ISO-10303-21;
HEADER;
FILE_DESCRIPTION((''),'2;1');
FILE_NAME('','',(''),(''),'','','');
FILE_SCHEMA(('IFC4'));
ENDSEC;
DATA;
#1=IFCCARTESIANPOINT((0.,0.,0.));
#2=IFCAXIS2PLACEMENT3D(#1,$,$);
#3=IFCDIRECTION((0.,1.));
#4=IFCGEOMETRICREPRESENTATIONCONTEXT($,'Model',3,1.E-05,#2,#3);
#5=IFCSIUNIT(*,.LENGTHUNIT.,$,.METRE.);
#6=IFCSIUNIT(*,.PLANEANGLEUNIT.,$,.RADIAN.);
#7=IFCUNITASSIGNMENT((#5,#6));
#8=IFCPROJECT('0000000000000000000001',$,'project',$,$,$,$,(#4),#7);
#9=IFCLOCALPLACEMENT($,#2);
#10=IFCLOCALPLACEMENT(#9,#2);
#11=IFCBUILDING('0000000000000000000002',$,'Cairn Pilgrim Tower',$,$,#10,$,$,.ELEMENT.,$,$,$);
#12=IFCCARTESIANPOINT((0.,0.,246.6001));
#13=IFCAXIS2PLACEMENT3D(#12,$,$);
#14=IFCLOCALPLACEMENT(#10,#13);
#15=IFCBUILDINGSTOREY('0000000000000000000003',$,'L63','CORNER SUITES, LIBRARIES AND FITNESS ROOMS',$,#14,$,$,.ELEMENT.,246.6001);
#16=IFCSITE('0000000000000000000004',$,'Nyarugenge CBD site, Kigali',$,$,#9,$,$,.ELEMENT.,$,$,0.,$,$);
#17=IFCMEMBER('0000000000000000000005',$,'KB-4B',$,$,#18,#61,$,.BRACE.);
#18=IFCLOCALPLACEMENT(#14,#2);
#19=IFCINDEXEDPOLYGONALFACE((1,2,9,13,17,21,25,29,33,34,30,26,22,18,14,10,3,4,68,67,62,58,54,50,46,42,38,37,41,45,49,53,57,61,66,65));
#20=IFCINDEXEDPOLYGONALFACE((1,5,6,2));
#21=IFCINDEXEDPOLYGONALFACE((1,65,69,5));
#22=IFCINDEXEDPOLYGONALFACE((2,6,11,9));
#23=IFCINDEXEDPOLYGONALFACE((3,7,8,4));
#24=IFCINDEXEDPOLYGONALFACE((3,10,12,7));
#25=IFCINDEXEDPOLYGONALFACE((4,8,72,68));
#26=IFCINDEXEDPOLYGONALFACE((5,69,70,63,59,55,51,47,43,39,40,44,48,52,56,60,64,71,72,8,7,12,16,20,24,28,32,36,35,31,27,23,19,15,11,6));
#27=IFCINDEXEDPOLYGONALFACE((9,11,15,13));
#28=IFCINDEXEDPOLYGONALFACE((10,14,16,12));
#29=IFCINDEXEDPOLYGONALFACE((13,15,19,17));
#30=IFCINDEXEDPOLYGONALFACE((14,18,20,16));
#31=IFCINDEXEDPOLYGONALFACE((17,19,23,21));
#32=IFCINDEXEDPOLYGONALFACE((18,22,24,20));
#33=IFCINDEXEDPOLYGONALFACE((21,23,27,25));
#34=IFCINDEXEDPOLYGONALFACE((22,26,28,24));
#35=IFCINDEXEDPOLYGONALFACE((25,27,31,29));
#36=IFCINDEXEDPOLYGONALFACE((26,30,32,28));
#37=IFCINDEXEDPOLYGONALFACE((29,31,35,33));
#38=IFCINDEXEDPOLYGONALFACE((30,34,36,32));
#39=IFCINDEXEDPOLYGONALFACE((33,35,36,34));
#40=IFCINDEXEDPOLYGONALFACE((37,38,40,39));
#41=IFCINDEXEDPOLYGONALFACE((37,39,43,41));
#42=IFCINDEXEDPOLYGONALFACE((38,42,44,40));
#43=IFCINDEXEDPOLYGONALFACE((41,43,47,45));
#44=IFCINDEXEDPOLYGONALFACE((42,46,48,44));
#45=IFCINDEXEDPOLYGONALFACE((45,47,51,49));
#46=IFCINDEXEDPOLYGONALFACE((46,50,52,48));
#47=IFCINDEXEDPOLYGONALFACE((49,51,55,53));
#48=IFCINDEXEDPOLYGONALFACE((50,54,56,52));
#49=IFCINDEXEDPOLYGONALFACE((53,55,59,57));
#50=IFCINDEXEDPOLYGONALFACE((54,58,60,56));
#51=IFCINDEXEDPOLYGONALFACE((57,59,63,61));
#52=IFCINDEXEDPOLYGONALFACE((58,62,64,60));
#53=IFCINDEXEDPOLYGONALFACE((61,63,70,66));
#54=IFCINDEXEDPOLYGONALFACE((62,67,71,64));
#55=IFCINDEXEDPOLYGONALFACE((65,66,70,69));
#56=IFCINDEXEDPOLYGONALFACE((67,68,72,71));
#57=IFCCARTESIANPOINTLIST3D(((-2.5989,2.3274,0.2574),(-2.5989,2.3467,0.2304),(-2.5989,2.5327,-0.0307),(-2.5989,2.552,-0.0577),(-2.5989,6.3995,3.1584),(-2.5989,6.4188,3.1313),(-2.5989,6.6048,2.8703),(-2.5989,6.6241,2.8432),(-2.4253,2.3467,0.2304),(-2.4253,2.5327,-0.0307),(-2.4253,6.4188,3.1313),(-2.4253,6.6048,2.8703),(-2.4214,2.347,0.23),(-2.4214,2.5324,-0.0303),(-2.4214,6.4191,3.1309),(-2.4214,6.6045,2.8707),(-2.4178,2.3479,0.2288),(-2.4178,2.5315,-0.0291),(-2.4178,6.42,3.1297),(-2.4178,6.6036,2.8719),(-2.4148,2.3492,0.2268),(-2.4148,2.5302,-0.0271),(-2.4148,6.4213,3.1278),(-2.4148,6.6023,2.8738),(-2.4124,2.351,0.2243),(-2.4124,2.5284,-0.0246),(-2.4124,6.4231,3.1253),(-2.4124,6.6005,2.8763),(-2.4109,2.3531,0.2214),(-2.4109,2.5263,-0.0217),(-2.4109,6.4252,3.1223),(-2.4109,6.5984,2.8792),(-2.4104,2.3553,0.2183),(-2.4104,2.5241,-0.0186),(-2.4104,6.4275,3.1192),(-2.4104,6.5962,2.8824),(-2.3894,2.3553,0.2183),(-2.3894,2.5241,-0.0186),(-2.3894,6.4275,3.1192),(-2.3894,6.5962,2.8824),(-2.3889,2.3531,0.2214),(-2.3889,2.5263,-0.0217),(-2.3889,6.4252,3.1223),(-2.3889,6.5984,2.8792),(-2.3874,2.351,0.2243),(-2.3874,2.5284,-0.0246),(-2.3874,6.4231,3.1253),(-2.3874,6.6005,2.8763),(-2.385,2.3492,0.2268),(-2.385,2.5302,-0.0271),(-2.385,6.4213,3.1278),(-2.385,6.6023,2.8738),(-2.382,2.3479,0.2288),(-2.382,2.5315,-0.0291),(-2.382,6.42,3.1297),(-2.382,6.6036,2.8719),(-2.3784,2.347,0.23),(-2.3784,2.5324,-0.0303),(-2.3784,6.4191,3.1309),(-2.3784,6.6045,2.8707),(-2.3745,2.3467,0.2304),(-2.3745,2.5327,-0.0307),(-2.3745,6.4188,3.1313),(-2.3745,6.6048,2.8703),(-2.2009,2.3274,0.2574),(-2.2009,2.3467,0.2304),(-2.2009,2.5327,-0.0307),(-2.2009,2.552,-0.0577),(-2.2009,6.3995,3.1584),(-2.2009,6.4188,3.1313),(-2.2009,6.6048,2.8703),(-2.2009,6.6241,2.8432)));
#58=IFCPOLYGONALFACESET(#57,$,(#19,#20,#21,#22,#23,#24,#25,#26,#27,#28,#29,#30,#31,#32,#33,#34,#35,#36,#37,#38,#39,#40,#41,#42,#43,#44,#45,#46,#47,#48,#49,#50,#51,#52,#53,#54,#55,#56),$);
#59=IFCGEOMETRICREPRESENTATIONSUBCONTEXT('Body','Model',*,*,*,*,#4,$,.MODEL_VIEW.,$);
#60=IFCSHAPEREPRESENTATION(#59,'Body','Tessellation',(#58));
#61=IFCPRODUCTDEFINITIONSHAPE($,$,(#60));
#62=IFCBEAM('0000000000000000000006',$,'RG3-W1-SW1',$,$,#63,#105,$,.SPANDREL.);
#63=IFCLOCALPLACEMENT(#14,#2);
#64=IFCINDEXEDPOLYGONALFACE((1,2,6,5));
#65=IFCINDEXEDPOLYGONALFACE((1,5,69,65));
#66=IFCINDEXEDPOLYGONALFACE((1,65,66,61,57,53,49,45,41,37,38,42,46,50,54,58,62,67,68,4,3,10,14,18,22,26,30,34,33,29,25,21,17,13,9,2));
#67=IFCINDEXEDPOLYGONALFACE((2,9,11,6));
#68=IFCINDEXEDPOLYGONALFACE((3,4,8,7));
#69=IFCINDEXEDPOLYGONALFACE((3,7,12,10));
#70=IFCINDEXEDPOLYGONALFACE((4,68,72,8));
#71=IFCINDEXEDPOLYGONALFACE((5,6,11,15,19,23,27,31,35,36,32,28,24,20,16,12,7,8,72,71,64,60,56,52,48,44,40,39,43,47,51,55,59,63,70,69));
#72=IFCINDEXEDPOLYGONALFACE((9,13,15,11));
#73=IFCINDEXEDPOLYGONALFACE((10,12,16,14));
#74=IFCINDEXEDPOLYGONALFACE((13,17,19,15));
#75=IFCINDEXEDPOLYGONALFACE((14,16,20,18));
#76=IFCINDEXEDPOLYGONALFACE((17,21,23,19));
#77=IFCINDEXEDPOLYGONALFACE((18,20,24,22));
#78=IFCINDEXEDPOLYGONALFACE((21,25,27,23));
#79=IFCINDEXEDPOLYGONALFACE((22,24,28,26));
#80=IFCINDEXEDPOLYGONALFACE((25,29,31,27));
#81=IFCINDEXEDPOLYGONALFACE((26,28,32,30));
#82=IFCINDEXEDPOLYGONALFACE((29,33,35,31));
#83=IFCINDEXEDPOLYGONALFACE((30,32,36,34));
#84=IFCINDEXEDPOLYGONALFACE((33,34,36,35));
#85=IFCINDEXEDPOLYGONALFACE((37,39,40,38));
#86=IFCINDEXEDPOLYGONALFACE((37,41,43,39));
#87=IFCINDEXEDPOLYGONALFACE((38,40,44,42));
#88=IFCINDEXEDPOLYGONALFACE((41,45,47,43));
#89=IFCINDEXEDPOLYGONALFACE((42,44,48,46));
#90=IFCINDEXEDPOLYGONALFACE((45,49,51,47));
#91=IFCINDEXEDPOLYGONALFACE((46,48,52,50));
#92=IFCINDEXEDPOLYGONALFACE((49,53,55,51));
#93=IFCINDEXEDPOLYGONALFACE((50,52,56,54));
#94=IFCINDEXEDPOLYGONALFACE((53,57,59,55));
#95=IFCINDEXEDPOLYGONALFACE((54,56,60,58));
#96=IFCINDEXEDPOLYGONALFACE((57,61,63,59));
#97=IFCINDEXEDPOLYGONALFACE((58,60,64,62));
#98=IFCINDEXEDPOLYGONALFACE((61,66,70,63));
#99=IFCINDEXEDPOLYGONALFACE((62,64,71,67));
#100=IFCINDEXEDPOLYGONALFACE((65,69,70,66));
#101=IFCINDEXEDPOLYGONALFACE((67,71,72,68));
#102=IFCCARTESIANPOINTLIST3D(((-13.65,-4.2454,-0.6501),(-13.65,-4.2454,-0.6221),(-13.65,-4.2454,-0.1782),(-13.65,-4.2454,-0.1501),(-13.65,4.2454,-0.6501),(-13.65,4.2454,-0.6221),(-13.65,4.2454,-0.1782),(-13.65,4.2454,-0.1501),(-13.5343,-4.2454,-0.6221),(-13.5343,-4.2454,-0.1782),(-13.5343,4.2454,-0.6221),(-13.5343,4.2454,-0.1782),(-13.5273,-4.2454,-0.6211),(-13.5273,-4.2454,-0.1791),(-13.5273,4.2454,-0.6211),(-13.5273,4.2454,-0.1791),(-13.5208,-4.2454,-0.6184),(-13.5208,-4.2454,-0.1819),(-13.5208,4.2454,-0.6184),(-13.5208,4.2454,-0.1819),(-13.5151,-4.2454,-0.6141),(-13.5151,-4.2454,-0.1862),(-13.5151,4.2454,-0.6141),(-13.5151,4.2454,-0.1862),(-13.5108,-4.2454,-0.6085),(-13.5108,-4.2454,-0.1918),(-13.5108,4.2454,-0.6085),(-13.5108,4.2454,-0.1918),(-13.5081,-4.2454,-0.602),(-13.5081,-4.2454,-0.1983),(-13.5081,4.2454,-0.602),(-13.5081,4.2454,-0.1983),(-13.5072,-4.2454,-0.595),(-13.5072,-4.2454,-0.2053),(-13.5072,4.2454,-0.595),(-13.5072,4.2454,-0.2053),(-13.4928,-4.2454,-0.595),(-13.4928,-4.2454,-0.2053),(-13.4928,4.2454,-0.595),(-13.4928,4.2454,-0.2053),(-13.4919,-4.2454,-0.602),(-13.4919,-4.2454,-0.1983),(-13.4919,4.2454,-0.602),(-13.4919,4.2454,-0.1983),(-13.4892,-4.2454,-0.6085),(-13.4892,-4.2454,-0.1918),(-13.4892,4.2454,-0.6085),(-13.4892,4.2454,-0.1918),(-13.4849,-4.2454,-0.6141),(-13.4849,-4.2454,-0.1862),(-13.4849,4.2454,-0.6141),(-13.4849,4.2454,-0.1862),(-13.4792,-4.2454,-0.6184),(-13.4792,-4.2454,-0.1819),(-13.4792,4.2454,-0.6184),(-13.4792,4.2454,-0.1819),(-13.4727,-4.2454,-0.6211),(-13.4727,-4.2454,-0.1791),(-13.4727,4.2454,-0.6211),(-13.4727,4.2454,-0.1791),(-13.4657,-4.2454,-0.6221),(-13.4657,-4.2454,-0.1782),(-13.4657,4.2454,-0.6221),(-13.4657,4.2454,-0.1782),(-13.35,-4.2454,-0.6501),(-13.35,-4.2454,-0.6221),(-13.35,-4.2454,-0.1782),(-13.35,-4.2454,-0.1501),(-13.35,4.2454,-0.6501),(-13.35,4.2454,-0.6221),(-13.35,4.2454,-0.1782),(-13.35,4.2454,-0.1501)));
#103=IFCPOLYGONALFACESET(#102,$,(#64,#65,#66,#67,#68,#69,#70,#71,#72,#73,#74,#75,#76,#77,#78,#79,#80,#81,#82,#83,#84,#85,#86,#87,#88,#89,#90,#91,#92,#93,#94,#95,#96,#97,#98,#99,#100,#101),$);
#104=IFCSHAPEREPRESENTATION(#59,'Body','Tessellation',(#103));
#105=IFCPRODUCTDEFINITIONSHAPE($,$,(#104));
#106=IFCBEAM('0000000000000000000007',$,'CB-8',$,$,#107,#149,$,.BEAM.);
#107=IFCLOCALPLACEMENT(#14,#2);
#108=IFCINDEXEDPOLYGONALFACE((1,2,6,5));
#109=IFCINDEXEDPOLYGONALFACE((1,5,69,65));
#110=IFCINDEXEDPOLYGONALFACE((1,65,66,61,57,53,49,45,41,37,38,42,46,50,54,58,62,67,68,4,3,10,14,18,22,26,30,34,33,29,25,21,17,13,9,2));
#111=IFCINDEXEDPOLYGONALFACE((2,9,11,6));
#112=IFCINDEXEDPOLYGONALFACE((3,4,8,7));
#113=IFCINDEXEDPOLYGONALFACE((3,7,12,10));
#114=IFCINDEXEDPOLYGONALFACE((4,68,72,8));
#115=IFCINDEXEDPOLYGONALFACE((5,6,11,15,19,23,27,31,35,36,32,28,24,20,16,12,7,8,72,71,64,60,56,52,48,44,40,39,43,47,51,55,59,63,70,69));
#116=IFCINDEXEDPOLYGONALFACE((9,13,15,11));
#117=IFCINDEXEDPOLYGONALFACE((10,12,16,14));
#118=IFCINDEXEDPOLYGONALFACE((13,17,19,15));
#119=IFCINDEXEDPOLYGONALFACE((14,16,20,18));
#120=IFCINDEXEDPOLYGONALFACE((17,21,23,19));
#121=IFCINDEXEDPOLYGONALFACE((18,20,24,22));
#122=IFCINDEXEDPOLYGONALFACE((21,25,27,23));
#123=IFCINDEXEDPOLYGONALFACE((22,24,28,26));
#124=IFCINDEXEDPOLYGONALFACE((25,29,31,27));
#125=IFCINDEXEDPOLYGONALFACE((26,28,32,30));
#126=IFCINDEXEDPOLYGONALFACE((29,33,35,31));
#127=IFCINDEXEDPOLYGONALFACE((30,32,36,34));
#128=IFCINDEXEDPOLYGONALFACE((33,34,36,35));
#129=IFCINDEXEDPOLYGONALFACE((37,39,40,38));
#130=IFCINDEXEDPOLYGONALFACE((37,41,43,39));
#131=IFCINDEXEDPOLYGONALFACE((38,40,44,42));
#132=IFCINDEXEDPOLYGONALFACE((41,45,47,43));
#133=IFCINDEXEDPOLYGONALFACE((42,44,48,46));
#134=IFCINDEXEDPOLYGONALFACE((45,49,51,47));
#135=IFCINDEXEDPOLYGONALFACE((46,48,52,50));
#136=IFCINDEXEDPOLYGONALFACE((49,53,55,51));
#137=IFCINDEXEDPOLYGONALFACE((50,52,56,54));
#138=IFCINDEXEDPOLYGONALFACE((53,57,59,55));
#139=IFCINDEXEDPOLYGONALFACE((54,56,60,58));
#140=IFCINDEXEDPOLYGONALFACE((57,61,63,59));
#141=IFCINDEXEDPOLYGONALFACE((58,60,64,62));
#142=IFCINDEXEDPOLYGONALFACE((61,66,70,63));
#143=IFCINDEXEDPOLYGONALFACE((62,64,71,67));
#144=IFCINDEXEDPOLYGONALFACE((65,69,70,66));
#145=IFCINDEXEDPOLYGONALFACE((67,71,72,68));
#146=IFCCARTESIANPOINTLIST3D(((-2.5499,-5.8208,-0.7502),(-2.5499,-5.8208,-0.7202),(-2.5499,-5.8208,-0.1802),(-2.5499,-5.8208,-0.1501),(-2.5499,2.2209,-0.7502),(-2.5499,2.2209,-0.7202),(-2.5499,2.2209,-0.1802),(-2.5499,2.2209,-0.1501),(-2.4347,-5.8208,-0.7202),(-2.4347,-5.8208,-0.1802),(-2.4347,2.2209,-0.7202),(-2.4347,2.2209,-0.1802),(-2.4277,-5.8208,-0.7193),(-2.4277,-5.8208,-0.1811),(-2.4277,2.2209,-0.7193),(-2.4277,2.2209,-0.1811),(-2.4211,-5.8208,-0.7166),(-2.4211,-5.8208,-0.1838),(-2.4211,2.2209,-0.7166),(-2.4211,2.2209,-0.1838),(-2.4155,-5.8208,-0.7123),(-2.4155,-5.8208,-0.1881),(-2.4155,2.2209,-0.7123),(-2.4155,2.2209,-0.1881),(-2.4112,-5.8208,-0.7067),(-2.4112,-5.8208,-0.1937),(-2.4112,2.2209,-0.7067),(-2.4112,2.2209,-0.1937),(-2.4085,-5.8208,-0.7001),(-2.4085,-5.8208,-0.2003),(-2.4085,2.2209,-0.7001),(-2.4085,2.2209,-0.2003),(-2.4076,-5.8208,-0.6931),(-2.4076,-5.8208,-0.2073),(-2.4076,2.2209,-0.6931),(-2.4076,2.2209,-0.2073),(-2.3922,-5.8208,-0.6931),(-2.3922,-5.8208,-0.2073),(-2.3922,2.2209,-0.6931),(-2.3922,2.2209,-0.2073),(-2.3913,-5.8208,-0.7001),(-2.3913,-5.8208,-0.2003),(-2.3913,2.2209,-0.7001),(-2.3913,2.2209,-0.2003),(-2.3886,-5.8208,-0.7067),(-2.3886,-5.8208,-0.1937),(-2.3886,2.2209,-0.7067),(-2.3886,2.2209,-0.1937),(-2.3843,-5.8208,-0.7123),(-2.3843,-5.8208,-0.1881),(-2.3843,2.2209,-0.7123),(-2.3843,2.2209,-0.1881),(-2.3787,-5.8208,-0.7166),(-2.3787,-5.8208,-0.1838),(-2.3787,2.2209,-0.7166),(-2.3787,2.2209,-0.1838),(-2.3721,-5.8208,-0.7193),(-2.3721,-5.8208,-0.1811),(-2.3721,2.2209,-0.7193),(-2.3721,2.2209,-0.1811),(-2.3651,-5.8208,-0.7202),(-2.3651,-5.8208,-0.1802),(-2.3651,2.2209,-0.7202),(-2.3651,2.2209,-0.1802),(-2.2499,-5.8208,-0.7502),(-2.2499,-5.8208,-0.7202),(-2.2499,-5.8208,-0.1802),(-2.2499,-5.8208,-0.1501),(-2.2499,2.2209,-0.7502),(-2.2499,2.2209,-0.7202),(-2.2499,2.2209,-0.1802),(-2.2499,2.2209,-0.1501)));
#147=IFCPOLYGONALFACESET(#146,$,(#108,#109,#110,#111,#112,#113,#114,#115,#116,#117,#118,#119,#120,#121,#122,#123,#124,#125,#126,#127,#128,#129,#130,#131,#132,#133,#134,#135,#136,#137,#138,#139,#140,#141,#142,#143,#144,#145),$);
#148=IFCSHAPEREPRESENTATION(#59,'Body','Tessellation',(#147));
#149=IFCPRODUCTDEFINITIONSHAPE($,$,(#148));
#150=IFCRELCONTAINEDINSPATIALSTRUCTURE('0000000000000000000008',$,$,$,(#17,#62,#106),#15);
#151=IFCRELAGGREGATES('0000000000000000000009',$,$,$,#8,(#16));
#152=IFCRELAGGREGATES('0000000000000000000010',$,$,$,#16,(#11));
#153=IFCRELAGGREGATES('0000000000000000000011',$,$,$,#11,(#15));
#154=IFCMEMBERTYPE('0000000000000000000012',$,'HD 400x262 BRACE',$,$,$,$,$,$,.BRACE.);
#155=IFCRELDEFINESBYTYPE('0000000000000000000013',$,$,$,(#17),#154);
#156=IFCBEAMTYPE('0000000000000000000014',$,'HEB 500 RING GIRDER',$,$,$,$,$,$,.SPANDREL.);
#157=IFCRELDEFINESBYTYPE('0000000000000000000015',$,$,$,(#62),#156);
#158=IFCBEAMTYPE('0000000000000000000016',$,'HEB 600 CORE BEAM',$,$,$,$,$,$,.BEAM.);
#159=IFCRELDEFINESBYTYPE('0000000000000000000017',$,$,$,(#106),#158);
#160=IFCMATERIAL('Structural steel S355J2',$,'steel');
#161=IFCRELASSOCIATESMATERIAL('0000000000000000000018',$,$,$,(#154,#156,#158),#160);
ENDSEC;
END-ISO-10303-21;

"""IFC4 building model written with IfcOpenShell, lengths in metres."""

from ifc_helpers import new_model, si_unit, direction, frame, origin, origin_2d, place, context, subcontext, project, spatial, i_section, extrude, material, material_profile, profile_set, type_object, element, save


model = new_model("IFC4")

# Units and contexts
model_context = context("Model", 3, precision=1e-05, world=origin(), true_north=direction((0.0, 1.0)))
body_context = subcontext(model_context, "Body", "Model", "MODEL_VIEW")
ifc_project = project(units=[si_unit("LENGTHUNIT", "METRE"), si_unit("PLANEANGLEUNIT", "RADIAN")], contexts=[model_context])

# Site, building, storey
site_placement = place(None, origin())
site = spatial("IfcSite", under=ifc_project, at=site_placement, Name="Nyarugenge CBD site, Kigali", CompositionType="ELEMENT", RefElevation=0.0)
building_placement = place(site_placement, origin())
building = spatial("IfcBuilding", under=site, at=building_placement, Name="Cairn Pilgrim Tower", CompositionType="ELEMENT")
storey_placement = place(building_placement, frame((0.0, 0.0, 246.6001)))
storey = spatial("IfcBuildingStorey", under=building, at=storey_placement, Name="L63", Description="CORNER SUITES, LIBRARIES AND FITNESS ROOMS", CompositionType="ELEMENT", Elevation=246.6001)

# Shared definitions
ifc_material_1 = material(Name="Structural steel S355J2", Category="steel")

# Member
ifc_material_profile_1 = material_profile(ifc_material_1, i_section(OverallWidth=0.3979, OverallDepth=0.387, WebThickness=0.021, FlangeThickness=0.0332, FilletRadius=0.0149, at=origin_2d()), Name="HD 400x262")
ifc_profile_set_1 = profile_set([ifc_material_profile_1], Name="Structural steel S355J2")
member_type_1 = type_object("IfcMemberType", Name="HD 400x262 BRACE", PredefinedType="BRACE", material=ifc_profile_set_1)
member_1_placement = place(storey_placement, frame((-2.3999, 2.4397, 0.0999), z_axis=(0.0, 0.814462, 0.580217), x_axis=(-1.0, 0.0, 0.0)))
element("IfcMember", 1, at=member_1_placement, inside=storey, type_object=member_type_1, Name="KB-4B", PredefinedType="BRACE", context=body_context, shape_type="SweptSolid", body=[
    extrude(i_section(OverallWidth=0.3979, OverallDepth=0.387, WebThickness=0.021, FlangeThickness=0.0332, FilletRadius=0.0149, at=origin_2d()), origin(), (0.0, 0.0, 1.0), 4.9998),
])

# Beams
ifc_material_profile_2 = material_profile(ifc_material_1, i_section(OverallWidth=0.3, OverallDepth=0.5, WebThickness=0.0144, FlangeThickness=0.0281, FilletRadius=0.0271, at=origin_2d()), Name="HEB 500")
ifc_profile_set_2 = profile_set([ifc_material_profile_2], Name="Structural steel S355J2")
beam_type_1 = type_object("IfcBeamType", Name="HEB 500 RING GIRDER", PredefinedType="SPANDREL", material=ifc_profile_set_2)
beam_1_placement = place(storey_placement, frame((-13.5, 4.2454, -0.4001), z_axis=(0.0, -1.0, 0.0), x_axis=(1.0, 0.0, 0.0)))
element("IfcBeam", 2, at=beam_1_placement, inside=storey, type_object=beam_type_1, Name="RG3-W1-SW1", PredefinedType="SPANDREL", context=body_context, shape_type="SweptSolid", body=[
    extrude(i_section(OverallWidth=0.3, OverallDepth=0.5, WebThickness=0.0144, FlangeThickness=0.0281, FilletRadius=0.0271, at=origin_2d()), origin(), (0.0, 0.0, 1.0), 8.4907),
])
ifc_material_profile_3 = material_profile(ifc_material_1, i_section(OverallWidth=0.3, OverallDepth=0.6001, WebThickness=0.0154, FlangeThickness=0.03, FilletRadius=0.0271, at=origin_2d()), Name="HEB 600")
ifc_profile_set_3 = profile_set([ifc_material_profile_3], Name="Structural steel S355J2")
beam_type_2 = type_object("IfcBeamType", Name="HEB 600 CORE BEAM", PredefinedType="BEAM", material=ifc_profile_set_3)
beam_2_placement = place(storey_placement, frame((-2.3999, 2.2209, -0.4502), z_axis=(0.0, -1.0, 0.0), x_axis=(1.0, 0.0, 0.0)))
element("IfcBeam", 3, at=beam_2_placement, inside=storey, type_object=beam_type_2, Name="CB-8", PredefinedType="BEAM", context=body_context, shape_type="SweptSolid", body=[
    extrude(i_section(OverallWidth=0.3, OverallDepth=0.6001, WebThickness=0.0154, FlangeThickness=0.03, FilletRadius=0.0271, at=origin_2d()), origin(), (0.0, 0.0, 1.0), 8.0417),
])

save(model, "model.ifc")
